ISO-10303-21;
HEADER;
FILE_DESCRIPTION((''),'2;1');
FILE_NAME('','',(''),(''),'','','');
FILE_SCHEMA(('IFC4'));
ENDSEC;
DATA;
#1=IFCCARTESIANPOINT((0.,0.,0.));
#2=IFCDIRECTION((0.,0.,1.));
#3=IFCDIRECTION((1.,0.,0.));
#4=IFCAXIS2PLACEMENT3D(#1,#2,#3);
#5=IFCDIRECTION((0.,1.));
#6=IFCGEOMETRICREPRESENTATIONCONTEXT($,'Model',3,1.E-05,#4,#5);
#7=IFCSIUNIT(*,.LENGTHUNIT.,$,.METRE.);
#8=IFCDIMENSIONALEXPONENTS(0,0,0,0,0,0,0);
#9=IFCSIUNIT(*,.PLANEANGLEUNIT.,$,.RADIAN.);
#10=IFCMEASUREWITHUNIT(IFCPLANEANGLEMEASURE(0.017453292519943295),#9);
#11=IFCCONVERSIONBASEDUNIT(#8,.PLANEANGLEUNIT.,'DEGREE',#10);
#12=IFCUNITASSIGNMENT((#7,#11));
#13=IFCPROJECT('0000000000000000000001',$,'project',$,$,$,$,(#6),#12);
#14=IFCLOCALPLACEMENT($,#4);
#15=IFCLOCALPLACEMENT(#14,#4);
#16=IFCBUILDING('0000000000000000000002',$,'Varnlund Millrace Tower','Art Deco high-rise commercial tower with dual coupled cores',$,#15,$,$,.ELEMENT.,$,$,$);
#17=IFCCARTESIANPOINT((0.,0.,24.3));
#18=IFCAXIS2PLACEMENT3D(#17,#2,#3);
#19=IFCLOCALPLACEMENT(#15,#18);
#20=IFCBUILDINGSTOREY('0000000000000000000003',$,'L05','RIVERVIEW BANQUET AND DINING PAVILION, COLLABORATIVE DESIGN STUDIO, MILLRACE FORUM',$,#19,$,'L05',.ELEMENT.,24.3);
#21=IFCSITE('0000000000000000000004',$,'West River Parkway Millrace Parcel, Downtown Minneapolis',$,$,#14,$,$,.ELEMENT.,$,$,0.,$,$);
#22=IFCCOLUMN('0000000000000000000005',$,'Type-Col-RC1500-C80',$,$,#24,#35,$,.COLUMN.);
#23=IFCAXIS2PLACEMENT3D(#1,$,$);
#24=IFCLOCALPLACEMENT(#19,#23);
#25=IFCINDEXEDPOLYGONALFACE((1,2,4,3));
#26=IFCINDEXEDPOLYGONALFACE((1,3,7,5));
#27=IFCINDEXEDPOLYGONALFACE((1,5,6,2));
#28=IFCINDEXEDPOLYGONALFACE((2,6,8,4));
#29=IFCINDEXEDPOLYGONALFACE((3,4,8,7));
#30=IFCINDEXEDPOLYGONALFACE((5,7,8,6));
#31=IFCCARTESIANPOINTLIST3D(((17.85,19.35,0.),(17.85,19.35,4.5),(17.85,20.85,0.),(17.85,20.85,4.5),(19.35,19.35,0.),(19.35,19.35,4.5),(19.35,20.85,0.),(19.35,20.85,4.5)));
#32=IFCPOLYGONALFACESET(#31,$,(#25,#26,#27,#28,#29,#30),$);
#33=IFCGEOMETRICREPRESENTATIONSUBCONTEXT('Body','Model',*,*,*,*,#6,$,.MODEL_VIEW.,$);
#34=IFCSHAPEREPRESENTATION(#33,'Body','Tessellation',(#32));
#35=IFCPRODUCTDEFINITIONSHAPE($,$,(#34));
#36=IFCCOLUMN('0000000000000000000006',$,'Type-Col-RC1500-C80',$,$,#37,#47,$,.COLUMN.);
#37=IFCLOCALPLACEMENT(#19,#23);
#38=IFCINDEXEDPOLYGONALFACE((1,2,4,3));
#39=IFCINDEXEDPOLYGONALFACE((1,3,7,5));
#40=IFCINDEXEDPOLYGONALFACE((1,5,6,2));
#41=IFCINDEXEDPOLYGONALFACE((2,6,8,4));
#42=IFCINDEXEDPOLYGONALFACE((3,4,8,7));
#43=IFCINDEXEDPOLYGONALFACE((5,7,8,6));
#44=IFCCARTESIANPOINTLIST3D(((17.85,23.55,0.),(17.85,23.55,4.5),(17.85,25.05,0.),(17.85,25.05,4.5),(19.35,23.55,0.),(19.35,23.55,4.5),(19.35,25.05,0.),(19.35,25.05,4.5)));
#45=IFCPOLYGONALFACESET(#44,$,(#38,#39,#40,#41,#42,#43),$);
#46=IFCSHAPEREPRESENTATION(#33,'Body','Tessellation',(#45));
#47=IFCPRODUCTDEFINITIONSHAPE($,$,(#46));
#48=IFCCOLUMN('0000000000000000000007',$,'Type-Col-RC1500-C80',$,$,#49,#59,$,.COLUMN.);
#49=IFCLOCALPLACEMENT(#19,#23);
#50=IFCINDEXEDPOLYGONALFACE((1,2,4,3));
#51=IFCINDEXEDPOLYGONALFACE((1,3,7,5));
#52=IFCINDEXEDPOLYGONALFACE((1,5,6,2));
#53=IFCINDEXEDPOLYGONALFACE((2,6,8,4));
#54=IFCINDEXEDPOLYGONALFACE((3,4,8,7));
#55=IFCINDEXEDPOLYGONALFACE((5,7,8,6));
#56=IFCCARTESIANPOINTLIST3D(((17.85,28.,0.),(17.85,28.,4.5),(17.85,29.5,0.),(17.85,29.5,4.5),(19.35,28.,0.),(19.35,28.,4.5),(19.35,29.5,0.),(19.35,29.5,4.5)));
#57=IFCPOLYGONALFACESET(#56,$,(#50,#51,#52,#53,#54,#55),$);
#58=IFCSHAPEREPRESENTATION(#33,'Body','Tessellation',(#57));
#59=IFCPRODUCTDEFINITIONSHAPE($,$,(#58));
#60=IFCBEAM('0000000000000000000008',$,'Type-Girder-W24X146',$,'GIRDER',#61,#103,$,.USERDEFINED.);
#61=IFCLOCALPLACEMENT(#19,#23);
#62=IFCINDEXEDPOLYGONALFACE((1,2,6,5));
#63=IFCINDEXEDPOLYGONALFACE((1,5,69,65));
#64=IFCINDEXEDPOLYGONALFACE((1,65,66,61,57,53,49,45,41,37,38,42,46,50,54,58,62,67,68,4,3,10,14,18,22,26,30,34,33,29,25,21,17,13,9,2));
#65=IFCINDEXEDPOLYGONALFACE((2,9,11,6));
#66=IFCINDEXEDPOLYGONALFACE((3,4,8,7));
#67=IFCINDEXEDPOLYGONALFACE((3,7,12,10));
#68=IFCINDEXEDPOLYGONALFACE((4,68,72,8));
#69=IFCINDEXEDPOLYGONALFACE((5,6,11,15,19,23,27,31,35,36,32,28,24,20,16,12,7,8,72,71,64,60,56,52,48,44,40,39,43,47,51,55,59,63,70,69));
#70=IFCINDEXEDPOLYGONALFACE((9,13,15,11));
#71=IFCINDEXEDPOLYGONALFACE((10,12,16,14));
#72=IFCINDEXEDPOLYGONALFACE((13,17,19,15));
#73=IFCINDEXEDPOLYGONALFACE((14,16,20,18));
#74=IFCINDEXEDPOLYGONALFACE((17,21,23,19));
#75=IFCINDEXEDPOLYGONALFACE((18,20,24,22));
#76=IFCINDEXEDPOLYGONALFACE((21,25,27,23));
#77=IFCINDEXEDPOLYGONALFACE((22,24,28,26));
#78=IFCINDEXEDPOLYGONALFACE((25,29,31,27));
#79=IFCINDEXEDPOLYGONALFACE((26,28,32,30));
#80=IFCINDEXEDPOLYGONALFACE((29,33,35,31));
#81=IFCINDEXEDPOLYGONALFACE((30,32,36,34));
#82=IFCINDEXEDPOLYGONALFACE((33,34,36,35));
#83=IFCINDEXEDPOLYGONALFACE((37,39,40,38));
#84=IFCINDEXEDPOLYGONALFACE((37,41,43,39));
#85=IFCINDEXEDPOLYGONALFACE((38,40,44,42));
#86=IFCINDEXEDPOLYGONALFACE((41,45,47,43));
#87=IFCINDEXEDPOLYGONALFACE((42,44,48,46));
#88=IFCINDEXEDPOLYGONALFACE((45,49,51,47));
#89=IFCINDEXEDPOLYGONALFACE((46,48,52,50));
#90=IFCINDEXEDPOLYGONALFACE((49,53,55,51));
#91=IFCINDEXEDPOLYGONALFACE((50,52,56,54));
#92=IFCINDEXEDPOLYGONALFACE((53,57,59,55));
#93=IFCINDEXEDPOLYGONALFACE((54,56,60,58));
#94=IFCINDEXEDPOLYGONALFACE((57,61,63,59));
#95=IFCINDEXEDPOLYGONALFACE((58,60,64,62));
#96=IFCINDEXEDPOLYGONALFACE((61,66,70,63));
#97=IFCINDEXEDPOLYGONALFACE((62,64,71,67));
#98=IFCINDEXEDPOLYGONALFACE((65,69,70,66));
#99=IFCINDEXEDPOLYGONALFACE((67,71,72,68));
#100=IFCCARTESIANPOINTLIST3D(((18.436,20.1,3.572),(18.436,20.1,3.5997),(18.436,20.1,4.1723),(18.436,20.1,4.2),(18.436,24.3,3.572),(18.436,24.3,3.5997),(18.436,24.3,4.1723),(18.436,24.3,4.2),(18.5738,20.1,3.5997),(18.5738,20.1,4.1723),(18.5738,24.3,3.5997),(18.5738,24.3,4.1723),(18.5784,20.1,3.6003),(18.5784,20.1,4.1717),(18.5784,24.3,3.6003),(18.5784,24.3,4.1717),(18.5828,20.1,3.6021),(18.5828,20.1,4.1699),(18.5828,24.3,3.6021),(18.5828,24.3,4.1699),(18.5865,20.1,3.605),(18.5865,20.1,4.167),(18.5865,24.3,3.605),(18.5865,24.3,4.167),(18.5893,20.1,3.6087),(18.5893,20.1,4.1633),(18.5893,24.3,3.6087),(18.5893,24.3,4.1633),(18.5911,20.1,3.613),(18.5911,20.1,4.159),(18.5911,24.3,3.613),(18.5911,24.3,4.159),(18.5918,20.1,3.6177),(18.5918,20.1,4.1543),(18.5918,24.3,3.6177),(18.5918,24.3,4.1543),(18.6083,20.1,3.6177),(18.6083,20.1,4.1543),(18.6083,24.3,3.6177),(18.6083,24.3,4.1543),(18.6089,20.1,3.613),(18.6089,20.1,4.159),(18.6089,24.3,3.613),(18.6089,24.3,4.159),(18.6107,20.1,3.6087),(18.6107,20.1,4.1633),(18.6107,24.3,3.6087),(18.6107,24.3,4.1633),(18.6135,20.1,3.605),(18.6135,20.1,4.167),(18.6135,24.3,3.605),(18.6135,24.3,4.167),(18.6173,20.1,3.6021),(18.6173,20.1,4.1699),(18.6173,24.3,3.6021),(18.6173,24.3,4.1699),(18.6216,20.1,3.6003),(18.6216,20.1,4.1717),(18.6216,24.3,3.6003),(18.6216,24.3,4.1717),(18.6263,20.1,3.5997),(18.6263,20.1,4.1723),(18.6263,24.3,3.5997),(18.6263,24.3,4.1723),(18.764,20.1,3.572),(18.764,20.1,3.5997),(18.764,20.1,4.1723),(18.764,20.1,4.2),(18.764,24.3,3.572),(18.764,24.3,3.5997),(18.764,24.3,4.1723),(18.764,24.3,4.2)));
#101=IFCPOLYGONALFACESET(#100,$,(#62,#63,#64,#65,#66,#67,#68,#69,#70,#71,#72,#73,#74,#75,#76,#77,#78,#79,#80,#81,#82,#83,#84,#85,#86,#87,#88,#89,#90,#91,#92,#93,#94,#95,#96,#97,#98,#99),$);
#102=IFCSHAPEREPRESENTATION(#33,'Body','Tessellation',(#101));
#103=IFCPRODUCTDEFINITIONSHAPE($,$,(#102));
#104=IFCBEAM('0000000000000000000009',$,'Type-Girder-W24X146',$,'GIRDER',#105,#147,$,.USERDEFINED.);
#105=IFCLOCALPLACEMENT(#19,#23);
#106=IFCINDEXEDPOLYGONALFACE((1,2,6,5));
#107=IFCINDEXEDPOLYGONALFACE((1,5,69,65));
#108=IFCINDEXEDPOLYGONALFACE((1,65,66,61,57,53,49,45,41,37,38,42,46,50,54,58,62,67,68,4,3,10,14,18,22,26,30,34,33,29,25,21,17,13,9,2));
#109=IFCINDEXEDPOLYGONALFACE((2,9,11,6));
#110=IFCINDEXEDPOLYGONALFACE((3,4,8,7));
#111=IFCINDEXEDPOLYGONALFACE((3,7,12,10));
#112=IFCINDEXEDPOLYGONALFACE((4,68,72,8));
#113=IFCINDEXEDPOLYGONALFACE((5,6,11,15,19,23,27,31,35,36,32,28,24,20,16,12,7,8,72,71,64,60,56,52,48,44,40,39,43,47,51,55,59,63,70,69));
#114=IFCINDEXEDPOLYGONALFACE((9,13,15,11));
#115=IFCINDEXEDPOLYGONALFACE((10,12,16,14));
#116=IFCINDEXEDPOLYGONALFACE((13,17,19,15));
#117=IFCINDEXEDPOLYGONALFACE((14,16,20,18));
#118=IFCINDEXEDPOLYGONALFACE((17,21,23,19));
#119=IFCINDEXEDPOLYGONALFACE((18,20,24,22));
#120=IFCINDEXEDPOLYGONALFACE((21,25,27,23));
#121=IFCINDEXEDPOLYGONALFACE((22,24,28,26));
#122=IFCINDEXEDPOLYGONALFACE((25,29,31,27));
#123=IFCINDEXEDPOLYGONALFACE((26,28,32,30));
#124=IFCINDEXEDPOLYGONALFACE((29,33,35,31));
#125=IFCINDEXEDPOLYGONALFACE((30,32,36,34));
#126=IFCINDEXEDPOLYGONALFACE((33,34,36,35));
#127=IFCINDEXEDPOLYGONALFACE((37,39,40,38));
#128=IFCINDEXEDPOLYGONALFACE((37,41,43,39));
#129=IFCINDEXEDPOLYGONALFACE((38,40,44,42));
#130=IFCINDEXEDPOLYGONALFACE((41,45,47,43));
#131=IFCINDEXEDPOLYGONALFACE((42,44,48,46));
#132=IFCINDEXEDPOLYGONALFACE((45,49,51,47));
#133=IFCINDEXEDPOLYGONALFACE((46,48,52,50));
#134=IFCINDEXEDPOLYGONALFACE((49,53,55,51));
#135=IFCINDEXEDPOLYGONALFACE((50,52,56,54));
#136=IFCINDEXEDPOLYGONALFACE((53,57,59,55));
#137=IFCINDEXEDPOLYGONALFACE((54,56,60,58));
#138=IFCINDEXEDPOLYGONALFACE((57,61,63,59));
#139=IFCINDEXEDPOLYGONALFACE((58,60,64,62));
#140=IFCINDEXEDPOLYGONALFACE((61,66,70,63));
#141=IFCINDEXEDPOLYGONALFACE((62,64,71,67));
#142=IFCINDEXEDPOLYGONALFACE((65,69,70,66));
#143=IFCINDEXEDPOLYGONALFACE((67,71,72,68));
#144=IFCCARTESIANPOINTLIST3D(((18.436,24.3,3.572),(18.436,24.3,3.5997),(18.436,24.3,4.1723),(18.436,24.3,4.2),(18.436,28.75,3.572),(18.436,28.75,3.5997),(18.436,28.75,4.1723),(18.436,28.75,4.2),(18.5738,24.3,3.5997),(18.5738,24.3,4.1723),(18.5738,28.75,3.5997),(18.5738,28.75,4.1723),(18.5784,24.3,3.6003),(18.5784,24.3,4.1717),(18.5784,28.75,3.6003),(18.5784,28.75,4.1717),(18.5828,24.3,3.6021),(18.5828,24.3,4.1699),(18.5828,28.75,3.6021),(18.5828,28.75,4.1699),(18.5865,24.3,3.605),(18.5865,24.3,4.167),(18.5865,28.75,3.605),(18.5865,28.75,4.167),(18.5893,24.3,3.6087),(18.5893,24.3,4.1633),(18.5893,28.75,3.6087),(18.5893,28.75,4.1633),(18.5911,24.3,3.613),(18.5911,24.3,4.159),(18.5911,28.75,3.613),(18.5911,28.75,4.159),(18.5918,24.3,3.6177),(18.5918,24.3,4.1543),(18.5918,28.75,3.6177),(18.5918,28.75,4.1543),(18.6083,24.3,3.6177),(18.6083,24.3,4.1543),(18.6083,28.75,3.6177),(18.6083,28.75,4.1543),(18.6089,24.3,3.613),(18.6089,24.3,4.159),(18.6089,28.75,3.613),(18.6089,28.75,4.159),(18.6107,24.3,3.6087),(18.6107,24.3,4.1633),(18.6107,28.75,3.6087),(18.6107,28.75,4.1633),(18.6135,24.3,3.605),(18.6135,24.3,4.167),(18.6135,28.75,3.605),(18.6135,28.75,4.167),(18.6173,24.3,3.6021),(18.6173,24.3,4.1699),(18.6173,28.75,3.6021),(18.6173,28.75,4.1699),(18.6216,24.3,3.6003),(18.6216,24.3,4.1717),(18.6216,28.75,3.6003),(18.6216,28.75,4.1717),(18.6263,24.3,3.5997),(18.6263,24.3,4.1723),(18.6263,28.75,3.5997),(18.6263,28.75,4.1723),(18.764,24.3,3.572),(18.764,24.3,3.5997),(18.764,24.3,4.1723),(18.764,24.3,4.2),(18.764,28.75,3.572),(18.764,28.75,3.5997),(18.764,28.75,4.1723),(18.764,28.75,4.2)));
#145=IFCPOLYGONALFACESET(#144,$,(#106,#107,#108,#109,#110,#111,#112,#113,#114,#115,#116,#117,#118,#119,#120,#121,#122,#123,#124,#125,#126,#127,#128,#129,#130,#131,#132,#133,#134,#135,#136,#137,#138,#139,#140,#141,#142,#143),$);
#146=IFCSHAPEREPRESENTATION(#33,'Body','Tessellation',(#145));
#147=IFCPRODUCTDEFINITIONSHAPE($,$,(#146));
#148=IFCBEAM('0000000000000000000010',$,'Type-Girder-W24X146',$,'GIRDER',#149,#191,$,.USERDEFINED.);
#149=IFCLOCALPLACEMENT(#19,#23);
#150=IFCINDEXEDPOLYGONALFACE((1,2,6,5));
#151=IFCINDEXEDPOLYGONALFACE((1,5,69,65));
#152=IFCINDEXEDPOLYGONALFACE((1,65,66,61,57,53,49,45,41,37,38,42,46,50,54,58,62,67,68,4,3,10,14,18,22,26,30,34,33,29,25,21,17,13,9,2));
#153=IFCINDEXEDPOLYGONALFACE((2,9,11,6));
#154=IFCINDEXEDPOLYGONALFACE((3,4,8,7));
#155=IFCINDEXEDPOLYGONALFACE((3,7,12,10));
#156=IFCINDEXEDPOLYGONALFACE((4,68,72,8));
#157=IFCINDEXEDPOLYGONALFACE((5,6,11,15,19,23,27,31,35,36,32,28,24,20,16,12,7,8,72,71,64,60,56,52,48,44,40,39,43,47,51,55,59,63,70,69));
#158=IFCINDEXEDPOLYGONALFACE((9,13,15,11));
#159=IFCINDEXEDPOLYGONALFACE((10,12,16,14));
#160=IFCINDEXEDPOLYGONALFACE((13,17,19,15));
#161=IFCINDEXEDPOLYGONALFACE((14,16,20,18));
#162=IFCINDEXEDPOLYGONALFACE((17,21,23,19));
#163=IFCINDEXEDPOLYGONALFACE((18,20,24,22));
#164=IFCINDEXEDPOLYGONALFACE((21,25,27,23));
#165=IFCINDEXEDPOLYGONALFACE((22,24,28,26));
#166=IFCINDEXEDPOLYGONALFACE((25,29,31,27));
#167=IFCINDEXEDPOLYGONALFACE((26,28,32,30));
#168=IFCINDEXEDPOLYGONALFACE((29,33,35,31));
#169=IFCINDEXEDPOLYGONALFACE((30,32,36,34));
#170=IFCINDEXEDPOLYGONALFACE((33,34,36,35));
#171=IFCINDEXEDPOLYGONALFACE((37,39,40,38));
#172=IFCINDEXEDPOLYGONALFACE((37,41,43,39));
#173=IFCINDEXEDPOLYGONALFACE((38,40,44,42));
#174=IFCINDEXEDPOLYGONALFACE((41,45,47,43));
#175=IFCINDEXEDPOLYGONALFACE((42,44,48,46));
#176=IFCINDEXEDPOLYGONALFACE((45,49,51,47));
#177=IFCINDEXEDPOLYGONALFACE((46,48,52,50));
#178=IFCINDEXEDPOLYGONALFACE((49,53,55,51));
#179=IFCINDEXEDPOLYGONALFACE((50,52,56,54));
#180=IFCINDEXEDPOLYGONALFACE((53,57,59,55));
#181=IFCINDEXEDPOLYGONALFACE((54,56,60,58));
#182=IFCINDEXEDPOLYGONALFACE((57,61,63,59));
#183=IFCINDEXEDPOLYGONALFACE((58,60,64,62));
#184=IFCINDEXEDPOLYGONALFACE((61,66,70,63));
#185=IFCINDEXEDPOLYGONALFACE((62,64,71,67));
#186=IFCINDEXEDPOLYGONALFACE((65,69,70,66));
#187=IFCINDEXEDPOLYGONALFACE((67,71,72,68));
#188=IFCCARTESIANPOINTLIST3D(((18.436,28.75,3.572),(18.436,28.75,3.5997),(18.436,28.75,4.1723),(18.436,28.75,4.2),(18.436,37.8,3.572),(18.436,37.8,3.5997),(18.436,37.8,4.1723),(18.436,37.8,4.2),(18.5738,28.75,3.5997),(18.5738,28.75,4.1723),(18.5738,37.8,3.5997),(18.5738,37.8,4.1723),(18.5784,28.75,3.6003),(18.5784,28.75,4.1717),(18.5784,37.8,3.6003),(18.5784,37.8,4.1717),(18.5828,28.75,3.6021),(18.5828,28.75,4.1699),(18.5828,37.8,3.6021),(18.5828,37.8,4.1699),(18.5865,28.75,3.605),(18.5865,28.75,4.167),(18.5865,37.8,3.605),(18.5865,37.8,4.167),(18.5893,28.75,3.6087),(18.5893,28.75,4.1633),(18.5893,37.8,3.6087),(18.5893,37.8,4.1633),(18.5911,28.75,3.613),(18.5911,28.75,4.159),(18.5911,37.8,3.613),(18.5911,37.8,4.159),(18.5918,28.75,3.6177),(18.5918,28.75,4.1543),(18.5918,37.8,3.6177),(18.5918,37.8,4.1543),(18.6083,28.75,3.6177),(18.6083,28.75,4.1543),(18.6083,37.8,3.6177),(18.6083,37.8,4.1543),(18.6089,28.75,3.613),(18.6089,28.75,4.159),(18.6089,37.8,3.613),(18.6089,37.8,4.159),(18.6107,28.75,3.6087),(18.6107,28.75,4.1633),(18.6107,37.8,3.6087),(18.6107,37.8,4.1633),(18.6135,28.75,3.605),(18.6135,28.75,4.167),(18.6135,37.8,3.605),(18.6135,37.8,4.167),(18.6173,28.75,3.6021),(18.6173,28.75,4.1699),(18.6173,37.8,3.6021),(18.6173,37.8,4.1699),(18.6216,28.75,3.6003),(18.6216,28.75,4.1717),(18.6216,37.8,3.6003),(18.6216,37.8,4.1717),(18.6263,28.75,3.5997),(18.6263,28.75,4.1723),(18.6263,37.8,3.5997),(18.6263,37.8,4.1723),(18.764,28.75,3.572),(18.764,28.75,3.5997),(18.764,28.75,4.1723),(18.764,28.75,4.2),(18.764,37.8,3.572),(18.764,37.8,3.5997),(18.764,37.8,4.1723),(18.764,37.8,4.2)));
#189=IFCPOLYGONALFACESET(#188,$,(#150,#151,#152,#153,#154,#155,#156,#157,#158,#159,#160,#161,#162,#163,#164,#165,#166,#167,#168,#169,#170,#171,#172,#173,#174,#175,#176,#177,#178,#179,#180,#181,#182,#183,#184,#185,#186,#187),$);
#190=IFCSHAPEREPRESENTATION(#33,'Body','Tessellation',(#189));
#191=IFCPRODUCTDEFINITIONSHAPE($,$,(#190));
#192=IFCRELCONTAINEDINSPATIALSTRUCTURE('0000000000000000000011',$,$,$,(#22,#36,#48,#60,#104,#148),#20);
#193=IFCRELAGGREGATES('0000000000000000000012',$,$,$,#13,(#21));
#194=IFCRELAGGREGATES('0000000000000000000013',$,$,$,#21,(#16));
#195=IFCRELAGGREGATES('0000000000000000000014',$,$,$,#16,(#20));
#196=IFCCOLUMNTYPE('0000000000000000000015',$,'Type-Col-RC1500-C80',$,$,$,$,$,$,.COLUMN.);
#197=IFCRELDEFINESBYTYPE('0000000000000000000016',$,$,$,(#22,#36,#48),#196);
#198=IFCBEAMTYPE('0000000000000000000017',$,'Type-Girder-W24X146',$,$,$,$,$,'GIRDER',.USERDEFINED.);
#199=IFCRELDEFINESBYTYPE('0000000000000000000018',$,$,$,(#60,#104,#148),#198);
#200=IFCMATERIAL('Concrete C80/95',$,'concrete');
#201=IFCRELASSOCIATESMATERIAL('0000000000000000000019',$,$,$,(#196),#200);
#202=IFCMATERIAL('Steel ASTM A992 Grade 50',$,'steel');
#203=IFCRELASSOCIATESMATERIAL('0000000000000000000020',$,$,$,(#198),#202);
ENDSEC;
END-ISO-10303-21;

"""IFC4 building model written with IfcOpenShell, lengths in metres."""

from ifc_helpers import new_model, entity, si_unit, converted_unit, direction, frame, origin_with_axes, origin_2d_with_axis, place, context, subcontext, project, spatial, rectangle, i_section, extrude, material, material_profile, profile_set, type_object, element, save


model = new_model("IFC4")

# Units and contexts
model_context = context("Model", 3, precision=1e-05, world=origin_with_axes(), true_north=direction((0.0, 1.0)))
body_context = subcontext(model_context, "Body", "Model", "MODEL_VIEW")
ifc_project = project(units=[si_unit("LENGTHUNIT", "METRE"), converted_unit("PLANEANGLEUNIT", "DEGREE", entity("IfcPlaneAngleMeasure", 0.017453292519943295), si_unit("PLANEANGLEUNIT", "RADIAN"), dimensions=[0, 0, 0, 0, 0, 0, 0])], contexts=[model_context])

# Site, building, storey
site_placement = place(None, origin_with_axes())
site = spatial("IfcSite", under=ifc_project, at=site_placement, Name="West River Parkway Millrace Parcel, Downtown Minneapolis", CompositionType="ELEMENT", RefElevation=0.0)
building_placement = place(site_placement, origin_with_axes())
building = spatial("IfcBuilding", under=site, at=building_placement, Name="Varnlund Millrace Tower", Description="Art Deco high-rise commercial tower with dual coupled cores", CompositionType="ELEMENT")
storey_placement = place(building_placement, frame((0.0, 0.0, 24.3), z_axis=(0.0, 0.0, 1.0), x_axis=(1.0, 0.0, 0.0)))
storey = spatial("IfcBuildingStorey", under=building, at=storey_placement, Name="L05", Description="RIVERVIEW BANQUET AND DINING PAVILION, COLLABORATIVE DESIGN STUDIO, MILLRACE FORUM", LongName="L05", CompositionType="ELEMENT", Elevation=24.3)

# Columns
ifc_material_1 = material(Name="Concrete C80/95", Category="concrete")
ifc_material_profile_1 = material_profile(ifc_material_1, rectangle(XDim=1.5, YDim=1.5, at=origin_2d_with_axis()), Name="Concrete C80/95")
ifc_profile_set_1 = profile_set([ifc_material_profile_1], Name="Concrete C80/95")
column_type = type_object("IfcColumnType", Name="Type-Col-RC1500-C80", PredefinedType="COLUMN", material=ifc_profile_set_1)
for number, where, z_axis, x_axis, name in (
    (1, (18.6, 20.1, 0.0), (0.0, 0.0, 1.0), (1.0, 0.0, 0.0), "Type-Col-RC1500-C80"),
    (2, (18.6, 24.3, 0.0), (0.0, 0.0, 1.0), (1.0, 0.0, 0.0), "Type-Col-RC1500-C80"),
    (3, (18.6, 28.75, 0.0), (0.0, 0.0, 1.0), (1.0, 0.0, 0.0), "Type-Col-RC1500-C80"),
):
    element("IfcColumn", number, at=place(storey_placement, frame(where, z_axis=z_axis, x_axis=x_axis)), inside=storey, type_object=column_type, Name=name, PredefinedType="COLUMN", context=body_context, shape_type="SweptSolid", body=[
        extrude(rectangle(XDim=1.5, YDim=1.5, at=origin_2d_with_axis()), origin_with_axes(), (0.0, 0.0, 1.0), 4.5),
    ])

# Beams
ifc_material_2 = material(Name="Steel ASTM A992 Grade 50", Category="steel")
ifc_material_profile_2 = material_profile(ifc_material_2, i_section(OverallWidth=0.328, OverallDepth=0.628, WebThickness=0.0165, FlangeThickness=0.0277, FilletRadius=0.018, at=origin_2d_with_axis()), Name="Steel ASTM A992 Grade 50")
ifc_profile_set_2 = profile_set([ifc_material_profile_2], Name="Steel ASTM A992 Grade 50")
beam_type_1 = type_object("IfcBeamType", Name="Type-Girder-W24X146", ElementType="GIRDER", PredefinedType="USERDEFINED", material=ifc_profile_set_2)
beam_1_placement = place(storey_placement, frame((18.6, 20.1, 3.886), z_axis=(0.0, 1.0, 0.0), x_axis=(-1.0, 0.0, 0.0)))
element("IfcBeam", 4, at=beam_1_placement, inside=storey, type_object=beam_type_1, Name="Type-Girder-W24X146", ObjectType="GIRDER", PredefinedType="USERDEFINED", context=body_context, shape_type="SweptSolid", body=[
    extrude(i_section(OverallWidth=0.328, OverallDepth=0.628, WebThickness=0.0165, FlangeThickness=0.0277, FilletRadius=0.018, at=origin_2d_with_axis()), origin_with_axes(), (0.0, 0.0, 1.0), 4.2),
])
beam_2_placement = place(storey_placement, frame((18.6, 24.3, 3.886), z_axis=(0.0, 1.0, 0.0), x_axis=(-1.0, 0.0, 0.0)))
element("IfcBeam", 5, at=beam_2_placement, inside=storey, type_object=beam_type_1, Name="Type-Girder-W24X146", ObjectType="GIRDER", PredefinedType="USERDEFINED", context=body_context, shape_type="SweptSolid", body=[
    extrude(i_section(OverallWidth=0.328, OverallDepth=0.628, WebThickness=0.0165, FlangeThickness=0.0277, FilletRadius=0.018, at=origin_2d_with_axis()), origin_with_axes(), (0.0, 0.0, 1.0), 4.45),
])
beam_3_placement = place(storey_placement, frame((18.6, 28.75, 3.886), z_axis=(0.0, 1.0, 0.0), x_axis=(-1.0, 0.0, 0.0)))
element("IfcBeam", 6, at=beam_3_placement, inside=storey, type_object=beam_type_1, Name="Type-Girder-W24X146", ObjectType="GIRDER", PredefinedType="USERDEFINED", context=body_context, shape_type="SweptSolid", body=[
    extrude(i_section(OverallWidth=0.328, OverallDepth=0.628, WebThickness=0.0165, FlangeThickness=0.0277, FilletRadius=0.018, at=origin_2d_with_axis()), origin_with_axes(), (0.0, 0.0, 1.0), 9.05),
])

save(model, "model.ifc")
